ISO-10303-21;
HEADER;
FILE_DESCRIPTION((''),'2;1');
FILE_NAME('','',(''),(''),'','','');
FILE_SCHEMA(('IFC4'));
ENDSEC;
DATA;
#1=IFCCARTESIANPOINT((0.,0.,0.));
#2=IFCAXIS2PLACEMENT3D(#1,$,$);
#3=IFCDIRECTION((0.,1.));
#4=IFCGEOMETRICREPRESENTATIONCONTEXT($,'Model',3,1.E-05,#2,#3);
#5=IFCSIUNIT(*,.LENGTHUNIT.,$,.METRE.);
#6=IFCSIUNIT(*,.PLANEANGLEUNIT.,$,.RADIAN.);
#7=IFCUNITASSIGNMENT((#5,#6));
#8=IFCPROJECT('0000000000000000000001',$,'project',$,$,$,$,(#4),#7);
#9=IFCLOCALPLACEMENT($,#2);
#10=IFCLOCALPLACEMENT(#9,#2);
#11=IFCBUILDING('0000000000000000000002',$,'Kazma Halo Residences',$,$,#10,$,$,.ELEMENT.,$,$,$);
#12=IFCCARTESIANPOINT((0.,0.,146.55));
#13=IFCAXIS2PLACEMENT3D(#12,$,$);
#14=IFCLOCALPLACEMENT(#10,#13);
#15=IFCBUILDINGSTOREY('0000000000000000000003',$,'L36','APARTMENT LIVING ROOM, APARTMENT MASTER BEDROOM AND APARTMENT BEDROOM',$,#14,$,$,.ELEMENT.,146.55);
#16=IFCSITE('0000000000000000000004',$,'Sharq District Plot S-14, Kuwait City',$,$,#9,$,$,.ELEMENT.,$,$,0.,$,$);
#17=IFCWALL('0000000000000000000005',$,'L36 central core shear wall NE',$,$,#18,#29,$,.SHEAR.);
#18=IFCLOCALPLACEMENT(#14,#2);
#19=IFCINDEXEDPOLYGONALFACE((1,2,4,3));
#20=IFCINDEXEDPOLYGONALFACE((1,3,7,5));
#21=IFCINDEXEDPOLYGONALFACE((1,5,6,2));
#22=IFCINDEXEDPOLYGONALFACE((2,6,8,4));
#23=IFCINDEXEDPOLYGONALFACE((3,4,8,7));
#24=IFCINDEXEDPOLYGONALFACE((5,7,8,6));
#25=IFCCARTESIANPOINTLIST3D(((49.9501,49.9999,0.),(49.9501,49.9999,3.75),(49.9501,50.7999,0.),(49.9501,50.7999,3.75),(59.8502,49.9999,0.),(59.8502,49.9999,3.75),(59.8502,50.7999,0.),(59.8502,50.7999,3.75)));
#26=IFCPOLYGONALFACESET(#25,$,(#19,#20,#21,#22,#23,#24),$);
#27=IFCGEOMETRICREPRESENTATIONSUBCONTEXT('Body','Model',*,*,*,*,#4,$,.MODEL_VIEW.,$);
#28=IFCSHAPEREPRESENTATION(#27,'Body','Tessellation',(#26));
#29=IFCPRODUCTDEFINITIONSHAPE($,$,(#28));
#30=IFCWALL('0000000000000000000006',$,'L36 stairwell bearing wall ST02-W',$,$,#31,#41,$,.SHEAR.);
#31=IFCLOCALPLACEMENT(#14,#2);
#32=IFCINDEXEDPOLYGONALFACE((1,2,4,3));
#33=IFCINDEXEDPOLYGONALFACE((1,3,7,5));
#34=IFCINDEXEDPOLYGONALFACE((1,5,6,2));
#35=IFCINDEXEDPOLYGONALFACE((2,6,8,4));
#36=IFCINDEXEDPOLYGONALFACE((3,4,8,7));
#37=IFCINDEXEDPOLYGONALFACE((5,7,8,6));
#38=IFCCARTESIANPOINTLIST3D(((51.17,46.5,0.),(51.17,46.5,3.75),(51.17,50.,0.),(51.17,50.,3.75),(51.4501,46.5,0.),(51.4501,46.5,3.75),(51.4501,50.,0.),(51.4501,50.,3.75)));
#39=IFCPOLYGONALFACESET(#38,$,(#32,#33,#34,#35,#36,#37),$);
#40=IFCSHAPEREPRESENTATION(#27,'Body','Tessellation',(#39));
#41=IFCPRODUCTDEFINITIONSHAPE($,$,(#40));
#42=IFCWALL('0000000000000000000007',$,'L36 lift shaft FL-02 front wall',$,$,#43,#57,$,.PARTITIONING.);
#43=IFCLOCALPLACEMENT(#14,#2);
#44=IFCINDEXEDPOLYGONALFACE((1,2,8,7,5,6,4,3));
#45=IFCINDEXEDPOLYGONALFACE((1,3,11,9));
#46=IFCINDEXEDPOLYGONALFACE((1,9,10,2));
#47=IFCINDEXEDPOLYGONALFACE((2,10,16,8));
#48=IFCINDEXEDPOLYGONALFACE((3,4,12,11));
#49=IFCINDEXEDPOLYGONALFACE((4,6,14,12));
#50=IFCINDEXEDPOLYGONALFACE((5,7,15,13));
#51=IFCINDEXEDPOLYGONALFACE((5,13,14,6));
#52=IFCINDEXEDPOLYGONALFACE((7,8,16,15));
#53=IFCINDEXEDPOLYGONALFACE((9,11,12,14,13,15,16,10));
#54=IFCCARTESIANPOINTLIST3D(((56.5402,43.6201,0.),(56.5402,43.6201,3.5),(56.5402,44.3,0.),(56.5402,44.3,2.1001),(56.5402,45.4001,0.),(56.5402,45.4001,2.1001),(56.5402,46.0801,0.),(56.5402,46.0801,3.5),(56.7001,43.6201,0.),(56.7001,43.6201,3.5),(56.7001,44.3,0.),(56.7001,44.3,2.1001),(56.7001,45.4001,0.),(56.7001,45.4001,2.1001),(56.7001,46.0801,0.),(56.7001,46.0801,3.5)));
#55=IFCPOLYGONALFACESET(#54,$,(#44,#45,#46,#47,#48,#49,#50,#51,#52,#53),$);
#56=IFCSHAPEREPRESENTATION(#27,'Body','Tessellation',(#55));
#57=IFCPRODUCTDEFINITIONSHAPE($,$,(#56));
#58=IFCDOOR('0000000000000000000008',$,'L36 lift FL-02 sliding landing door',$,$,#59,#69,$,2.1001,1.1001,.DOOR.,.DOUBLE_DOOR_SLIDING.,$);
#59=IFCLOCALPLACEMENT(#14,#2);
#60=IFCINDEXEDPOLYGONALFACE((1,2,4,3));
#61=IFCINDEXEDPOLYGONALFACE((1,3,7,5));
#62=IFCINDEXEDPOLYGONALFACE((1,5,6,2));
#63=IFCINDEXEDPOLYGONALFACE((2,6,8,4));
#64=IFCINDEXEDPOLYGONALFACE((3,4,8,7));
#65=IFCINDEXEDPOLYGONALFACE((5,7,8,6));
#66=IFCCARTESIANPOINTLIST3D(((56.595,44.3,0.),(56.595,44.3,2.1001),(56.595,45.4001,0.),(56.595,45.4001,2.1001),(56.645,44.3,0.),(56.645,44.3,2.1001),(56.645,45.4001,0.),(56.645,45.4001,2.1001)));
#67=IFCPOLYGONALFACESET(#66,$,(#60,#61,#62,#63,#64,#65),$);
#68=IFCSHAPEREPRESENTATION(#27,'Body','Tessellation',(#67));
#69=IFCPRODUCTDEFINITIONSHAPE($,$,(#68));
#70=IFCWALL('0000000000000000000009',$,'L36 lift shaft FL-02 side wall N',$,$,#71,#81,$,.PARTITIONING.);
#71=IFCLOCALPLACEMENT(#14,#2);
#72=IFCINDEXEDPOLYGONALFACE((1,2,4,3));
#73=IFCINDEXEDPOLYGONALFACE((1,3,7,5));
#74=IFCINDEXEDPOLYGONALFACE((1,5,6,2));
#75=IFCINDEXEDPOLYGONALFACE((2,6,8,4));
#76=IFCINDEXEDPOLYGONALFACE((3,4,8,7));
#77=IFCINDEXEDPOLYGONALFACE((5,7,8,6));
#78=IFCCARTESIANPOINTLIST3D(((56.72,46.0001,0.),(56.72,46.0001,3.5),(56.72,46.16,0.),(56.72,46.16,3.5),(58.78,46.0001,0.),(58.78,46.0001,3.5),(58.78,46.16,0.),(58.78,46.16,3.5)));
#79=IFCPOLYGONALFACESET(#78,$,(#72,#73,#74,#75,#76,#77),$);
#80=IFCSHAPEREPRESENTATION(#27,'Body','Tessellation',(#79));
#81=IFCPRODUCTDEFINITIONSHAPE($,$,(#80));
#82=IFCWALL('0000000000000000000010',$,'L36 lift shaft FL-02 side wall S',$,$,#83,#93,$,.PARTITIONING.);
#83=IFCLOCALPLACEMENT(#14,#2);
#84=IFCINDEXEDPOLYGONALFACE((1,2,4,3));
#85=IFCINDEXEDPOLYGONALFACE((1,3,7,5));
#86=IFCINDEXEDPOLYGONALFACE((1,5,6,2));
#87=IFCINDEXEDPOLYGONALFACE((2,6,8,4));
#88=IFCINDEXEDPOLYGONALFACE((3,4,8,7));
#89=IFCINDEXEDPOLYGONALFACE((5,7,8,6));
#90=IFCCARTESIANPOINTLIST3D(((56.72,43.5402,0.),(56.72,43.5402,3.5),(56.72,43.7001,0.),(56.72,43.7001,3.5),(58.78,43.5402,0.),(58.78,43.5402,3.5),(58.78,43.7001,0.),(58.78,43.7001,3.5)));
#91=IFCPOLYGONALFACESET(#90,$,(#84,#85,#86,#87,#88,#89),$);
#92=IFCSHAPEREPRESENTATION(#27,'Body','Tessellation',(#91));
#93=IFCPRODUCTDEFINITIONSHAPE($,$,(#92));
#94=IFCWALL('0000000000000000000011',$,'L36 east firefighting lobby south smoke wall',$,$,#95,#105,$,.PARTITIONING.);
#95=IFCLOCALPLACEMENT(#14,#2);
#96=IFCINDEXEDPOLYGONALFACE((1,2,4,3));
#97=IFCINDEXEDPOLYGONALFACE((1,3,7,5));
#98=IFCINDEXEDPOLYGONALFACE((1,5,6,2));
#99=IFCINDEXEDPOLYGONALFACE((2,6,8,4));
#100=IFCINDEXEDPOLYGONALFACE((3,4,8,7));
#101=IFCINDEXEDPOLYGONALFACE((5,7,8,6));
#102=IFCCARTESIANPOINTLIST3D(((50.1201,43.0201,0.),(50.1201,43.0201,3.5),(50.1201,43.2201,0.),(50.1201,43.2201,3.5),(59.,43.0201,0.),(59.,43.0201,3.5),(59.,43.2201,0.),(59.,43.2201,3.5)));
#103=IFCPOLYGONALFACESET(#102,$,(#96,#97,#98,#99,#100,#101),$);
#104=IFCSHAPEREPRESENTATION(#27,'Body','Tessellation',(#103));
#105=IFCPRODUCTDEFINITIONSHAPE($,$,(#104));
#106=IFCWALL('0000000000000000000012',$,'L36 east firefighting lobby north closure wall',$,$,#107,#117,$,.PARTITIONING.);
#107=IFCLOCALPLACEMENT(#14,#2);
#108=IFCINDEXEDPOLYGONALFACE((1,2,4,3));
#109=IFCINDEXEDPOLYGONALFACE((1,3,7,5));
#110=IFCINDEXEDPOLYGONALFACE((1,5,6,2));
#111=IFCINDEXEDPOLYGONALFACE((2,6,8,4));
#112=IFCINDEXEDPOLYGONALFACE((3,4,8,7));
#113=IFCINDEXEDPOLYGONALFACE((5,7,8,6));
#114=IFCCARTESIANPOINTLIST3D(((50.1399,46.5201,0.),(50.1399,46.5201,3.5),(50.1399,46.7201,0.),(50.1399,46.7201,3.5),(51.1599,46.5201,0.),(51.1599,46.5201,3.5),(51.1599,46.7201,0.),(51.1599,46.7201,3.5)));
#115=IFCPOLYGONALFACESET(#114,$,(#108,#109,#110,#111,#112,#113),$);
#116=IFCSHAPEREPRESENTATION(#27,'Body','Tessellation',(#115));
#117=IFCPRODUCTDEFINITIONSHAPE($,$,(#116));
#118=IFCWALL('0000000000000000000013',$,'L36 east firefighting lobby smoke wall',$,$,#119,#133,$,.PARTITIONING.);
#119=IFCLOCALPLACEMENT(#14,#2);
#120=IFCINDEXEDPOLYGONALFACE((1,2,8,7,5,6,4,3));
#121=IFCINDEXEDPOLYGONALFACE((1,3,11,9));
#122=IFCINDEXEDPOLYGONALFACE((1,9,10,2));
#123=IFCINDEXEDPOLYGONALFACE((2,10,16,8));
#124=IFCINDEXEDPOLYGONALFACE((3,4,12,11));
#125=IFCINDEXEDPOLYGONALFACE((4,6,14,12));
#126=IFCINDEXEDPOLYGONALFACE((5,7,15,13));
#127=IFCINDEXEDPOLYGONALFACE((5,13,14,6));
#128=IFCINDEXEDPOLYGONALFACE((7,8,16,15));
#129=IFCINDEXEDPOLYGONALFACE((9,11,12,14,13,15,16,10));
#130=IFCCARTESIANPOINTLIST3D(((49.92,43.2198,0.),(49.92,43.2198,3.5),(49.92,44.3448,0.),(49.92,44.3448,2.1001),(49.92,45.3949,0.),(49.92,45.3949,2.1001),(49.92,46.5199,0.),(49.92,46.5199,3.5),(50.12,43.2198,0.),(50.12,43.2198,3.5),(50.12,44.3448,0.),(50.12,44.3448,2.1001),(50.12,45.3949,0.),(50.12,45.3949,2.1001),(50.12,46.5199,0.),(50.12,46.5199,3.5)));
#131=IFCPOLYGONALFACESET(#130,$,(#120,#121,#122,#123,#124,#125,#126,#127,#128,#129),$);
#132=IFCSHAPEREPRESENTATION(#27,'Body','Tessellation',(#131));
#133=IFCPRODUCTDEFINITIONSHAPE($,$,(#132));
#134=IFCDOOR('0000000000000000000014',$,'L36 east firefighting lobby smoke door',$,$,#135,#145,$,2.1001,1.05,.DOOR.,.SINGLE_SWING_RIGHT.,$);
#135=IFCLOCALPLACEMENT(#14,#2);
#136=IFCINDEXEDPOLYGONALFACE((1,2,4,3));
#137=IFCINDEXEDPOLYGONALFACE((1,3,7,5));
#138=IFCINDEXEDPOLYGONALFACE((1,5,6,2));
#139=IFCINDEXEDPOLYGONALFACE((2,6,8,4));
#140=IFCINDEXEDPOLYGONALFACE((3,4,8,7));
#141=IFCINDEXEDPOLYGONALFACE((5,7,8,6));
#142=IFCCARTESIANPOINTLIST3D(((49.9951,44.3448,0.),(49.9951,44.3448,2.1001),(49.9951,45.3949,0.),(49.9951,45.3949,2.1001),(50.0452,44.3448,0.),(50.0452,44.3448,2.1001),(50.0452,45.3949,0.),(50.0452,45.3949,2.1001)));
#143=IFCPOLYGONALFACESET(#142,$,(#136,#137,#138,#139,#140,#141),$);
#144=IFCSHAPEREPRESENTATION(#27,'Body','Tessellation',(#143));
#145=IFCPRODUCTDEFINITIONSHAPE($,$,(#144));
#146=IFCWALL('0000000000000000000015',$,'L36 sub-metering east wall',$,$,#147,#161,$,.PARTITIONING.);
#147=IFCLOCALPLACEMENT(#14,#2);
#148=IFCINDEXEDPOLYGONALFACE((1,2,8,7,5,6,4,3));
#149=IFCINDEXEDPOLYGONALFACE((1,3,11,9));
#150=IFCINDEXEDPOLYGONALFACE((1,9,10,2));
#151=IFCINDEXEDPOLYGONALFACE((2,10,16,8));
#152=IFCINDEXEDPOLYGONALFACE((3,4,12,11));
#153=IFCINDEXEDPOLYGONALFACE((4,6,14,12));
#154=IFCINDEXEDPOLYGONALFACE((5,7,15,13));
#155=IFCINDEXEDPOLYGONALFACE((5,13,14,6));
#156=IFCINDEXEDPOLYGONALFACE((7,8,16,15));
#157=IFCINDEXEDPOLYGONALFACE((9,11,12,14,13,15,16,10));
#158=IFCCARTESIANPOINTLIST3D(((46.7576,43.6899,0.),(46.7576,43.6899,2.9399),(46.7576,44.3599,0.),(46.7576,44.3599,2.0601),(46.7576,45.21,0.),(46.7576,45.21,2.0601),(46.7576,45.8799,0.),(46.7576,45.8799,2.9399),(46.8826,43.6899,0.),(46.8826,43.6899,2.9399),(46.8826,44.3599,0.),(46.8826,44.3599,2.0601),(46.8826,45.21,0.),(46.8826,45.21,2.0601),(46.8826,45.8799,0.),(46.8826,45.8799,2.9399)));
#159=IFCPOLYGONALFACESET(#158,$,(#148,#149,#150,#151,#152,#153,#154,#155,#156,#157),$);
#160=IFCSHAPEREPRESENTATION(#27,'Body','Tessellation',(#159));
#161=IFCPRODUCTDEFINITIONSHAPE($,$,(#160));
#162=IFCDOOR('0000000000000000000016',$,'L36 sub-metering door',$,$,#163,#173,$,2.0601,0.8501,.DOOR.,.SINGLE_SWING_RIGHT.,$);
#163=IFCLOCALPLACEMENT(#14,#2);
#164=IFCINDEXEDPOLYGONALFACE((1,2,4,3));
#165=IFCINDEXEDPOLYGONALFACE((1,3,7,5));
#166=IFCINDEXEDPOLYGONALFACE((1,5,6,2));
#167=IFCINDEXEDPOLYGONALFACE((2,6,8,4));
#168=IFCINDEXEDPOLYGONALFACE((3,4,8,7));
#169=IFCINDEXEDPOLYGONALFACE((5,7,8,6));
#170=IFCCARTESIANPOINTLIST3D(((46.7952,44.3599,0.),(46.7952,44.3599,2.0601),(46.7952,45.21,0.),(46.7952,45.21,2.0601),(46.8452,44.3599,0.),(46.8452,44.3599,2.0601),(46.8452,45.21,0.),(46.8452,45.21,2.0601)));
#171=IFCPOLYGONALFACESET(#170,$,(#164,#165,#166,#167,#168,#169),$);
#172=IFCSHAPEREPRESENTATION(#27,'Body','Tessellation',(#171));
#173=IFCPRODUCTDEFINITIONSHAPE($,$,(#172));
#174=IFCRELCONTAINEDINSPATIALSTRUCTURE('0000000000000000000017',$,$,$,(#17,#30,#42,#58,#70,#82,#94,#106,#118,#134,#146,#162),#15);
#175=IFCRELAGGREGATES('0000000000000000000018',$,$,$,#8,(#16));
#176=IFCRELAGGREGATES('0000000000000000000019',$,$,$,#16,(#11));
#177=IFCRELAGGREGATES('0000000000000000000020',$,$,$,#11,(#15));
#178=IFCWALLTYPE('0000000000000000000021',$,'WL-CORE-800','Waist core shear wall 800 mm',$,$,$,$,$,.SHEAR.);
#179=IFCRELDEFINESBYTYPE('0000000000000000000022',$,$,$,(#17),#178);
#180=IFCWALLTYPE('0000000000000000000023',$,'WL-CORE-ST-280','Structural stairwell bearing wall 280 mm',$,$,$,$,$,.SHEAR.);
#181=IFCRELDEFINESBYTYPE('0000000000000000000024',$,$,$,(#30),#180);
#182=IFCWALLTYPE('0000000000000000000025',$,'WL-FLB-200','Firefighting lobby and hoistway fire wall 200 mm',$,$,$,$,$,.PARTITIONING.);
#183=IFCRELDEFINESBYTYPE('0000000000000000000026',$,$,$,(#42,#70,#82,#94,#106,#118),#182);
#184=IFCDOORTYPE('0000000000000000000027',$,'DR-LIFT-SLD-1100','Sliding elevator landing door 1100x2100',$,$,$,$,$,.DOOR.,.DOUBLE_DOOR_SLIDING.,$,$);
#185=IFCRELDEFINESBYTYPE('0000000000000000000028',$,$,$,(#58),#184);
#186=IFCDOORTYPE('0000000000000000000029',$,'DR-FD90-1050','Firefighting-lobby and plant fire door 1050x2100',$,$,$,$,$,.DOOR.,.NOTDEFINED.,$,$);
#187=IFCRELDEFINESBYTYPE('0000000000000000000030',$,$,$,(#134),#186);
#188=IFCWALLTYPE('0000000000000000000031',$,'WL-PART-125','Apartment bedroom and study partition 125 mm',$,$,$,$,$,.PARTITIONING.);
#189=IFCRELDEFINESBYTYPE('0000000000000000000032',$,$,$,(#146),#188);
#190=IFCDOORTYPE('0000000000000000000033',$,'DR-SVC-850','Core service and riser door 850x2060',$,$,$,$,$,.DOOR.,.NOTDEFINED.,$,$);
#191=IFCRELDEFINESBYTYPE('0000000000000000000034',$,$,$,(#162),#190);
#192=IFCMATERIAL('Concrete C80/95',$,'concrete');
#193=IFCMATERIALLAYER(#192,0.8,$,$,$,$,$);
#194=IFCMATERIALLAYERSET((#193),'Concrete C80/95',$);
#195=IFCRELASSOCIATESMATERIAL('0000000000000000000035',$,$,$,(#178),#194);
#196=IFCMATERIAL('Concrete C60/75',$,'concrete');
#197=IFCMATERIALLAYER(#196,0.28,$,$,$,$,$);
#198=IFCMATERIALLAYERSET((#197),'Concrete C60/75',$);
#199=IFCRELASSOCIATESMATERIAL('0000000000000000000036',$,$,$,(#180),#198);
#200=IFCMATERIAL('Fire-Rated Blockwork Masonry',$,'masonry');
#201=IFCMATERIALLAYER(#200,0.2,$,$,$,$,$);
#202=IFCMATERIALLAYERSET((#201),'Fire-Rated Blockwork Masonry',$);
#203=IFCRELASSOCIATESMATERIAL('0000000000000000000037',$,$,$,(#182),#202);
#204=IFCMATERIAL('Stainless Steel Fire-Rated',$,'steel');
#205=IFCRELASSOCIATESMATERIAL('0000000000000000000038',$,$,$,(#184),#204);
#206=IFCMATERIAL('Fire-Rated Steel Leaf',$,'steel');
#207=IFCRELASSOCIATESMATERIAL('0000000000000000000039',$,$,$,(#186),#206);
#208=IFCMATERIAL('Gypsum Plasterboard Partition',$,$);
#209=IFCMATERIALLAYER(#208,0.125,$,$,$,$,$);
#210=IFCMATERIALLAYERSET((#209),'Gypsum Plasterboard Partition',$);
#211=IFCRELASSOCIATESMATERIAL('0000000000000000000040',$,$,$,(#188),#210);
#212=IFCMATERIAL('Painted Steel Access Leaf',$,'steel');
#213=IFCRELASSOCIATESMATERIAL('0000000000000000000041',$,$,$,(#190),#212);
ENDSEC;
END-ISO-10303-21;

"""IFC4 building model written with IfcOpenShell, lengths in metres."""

from ifc_helpers import new_model, si_unit, direction, frame, frame_2d, origin, place, context, subcontext, project, spatial, rectangle, extrude, material, layer, layer_set, type_object, element, fill, save


model = new_model("IFC4")

# Units and contexts
model_context = context("Model", 3, precision=1e-05, world=origin(), true_north=direction((0.0, 1.0)))
body_context = subcontext(model_context, "Body", "Model", "MODEL_VIEW")
ifc_project = project(units=[si_unit("LENGTHUNIT", "METRE"), si_unit("PLANEANGLEUNIT", "RADIAN")], contexts=[model_context])

# Site, building, storey
site_placement = place(None, origin())
site = spatial("IfcSite", under=ifc_project, at=site_placement, Name="Sharq District Plot S-14, Kuwait City", CompositionType="ELEMENT", RefElevation=0.0)
building_placement = place(site_placement, origin())
building = spatial("IfcBuilding", under=site, at=building_placement, Name="Kazma Halo Residences", CompositionType="ELEMENT")
storey_placement = place(building_placement, frame((0.0, 0.0, 146.55)))
storey = spatial("IfcBuildingStorey", under=building, at=storey_placement, Name="L36", Description="APARTMENT LIVING ROOM, APARTMENT MASTER BEDROOM AND APARTMENT BEDROOM", CompositionType="ELEMENT", Elevation=146.55)

# Walls
ifc_material_1 = material(Name="Concrete C80/95", Category="concrete")
ifc_layer_1 = layer(ifc_material_1, 0.8)
ifc_layer_set_1 = layer_set([ifc_layer_1], Name="Concrete C80/95")
wall_type_1 = type_object("IfcWallType", Name="WL-CORE-800", Description="Waist core shear wall 800 mm", PredefinedType="SHEAR", material=ifc_layer_set_1)
wall_1_placement = place(storey_placement, frame((49.95, 50.3999, 0.0), z_axis=(0.0, 0.0, 1.0), x_axis=(1.0, 0.0, 0.0)))
element("IfcWall", 1, at=wall_1_placement, inside=storey, type_object=wall_type_1, Name="L36 central core shear wall NE", PredefinedType="SHEAR", context=body_context, shape_type="SweptSolid", body=[
    extrude(rectangle(XDim=9.9001, YDim=0.8, at=frame_2d((4.9502, 0.0))), origin(), (0.0, 0.0, 1.0), 3.75),
])
ifc_material_2 = material(Name="Concrete C60/75", Category="concrete")
ifc_layer_2 = layer(ifc_material_2, 0.28)
ifc_layer_set_2 = layer_set([ifc_layer_2], Name="Concrete C60/75")
wall_type_2 = type_object("IfcWallType", Name="WL-CORE-ST-280", Description="Structural stairwell bearing wall 280 mm", PredefinedType="SHEAR", material=ifc_layer_set_2)
wall_2_placement = place(storey_placement, frame((51.3101, 46.5, 0.0), z_axis=(0.0, 0.0, 1.0), x_axis=(0.0, 1.0, 0.0)))
element("IfcWall", 2, at=wall_2_placement, inside=storey, type_object=wall_type_2, Name="L36 stairwell bearing wall ST02-W", PredefinedType="SHEAR", context=body_context, shape_type="SweptSolid", body=[
    extrude(rectangle(XDim=3.5, YDim=0.28, at=frame_2d((1.75, 0.0))), origin(), (0.0, 0.0, 1.0), 3.75),
])

# Wall, opening, door
ifc_material_3 = material(Name="Fire-Rated Blockwork Masonry", Category="masonry")
ifc_layer_3 = layer(ifc_material_3, 0.2)
ifc_layer_set_3 = layer_set([ifc_layer_3], Name="Fire-Rated Blockwork Masonry")
wall_type_3 = type_object("IfcWallType", Name="WL-FLB-200", Description="Firefighting lobby and hoistway fire wall 200 mm", PredefinedType="PARTITIONING", material=ifc_layer_set_3)
wall_3_placement = place(storey_placement, frame((56.6201, 46.0801, 0.0), z_axis=(0.0, 0.0, 1.0), x_axis=(0.0, -1.0, 0.0)))
wall_3 = element("IfcWall", 3, at=wall_3_placement, inside=storey, type_object=wall_type_3, Name="L36 lift shaft FL-02 front wall", PredefinedType="PARTITIONING", context=body_context, shape_type="SweptSolid", body=[
    extrude(rectangle(XDim=2.46, YDim=0.1599, at=frame_2d((1.23, 0.0))), origin(), (0.0, 0.0, 1.0), 3.5),
])
opening_1_placement = place(wall_3_placement, frame((0.6799, 0.0, 0.0)))
opening_1 = element("IfcOpeningElement", 4, at=opening_1_placement, cuts=wall_3, PredefinedType="OPENING", context=body_context, shape_type="SweptSolid", body=[
    extrude(rectangle(XDim=1.1001, YDim=2.1001, at=frame_2d((0.55, 1.05))), frame((0.0, 0.0898, 0.0), z_axis=(0.0, -1.0, 0.0), x_axis=(1.0, 0.0, 0.0)), (0.0, 0.0, 1.0), 0.1799),
])
ifc_material_4 = material(Name="Stainless Steel Fire-Rated", Category="steel")
door_type_1 = type_object("IfcDoorType", Name="DR-LIFT-SLD-1100", Description="Sliding elevator landing door 1100x2100", OperationType="DOUBLE_DOOR_SLIDING", PredefinedType="DOOR", material=ifc_material_4)
door_1_placement = place(opening_1_placement, origin())
door_1 = element("IfcDoor", 5, at=door_1_placement, inside=storey, type_object=door_type_1, Name="L36 lift FL-02 sliding landing door", OperationType="DOUBLE_DOOR_SLIDING", OverallHeight=2.1001, OverallWidth=1.1001, PredefinedType="DOOR", context=body_context, shape_type="SweptSolid", body=[
    extrude(rectangle(XDim=1.1001, YDim=2.1001, at=frame_2d((0.55, 1.05))), frame((0.0, 0.0249, 0.0), z_axis=(0.0, -1.0, 0.0), x_axis=(1.0, 0.0, 0.0)), (0.0, 0.0, 1.0), 0.05),
])
fill(opening_1, door_1)

# Walls
for number, where, z_axis, x_axis, name in (
    (6, (56.72, 46.0801, 0.0), (0.0, 0.0, 1.0), (1.0, 0.0, 0.0), "L36 lift shaft FL-02 side wall N"),
    (7, (56.72, 43.6201, 0.0), (0.0, 0.0, 1.0), (1.0, 0.0, 0.0), "L36 lift shaft FL-02 side wall S"),
):
    element("IfcWall", number, at=place(storey_placement, frame(where, z_axis=z_axis, x_axis=x_axis)), inside=storey, type_object=wall_type_3, Name=name, PredefinedType="PARTITIONING", context=body_context, shape_type="SweptSolid", body=[
        extrude(rectangle(XDim=2.0601, YDim=0.1599, at=frame_2d((1.03, 0.0))), origin(), (0.0, 0.0, 1.0), 3.5),
    ])
wall_4_placement = place(storey_placement, frame((50.1201, 43.1201, 0.0), z_axis=(0.0, 0.0, 1.0), x_axis=(1.0, 0.0, 0.0)))
element("IfcWall", 8, at=wall_4_placement, inside=storey, type_object=wall_type_3, Name="L36 east firefighting lobby south smoke wall", PredefinedType="PARTITIONING", context=body_context, shape_type="SweptSolid", body=[
    extrude(rectangle(XDim=8.8799, YDim=0.2, at=frame_2d((4.4399, 0.0))), origin(), (0.0, 0.0, 1.0), 3.5),
])
wall_5_placement = place(storey_placement, frame((50.1399, 46.6201, 0.0), z_axis=(0.0, 0.0, 1.0), x_axis=(1.0, 0.0, 0.0)))
element("IfcWall", 9, at=wall_5_placement, inside=storey, type_object=wall_type_3, Name="L36 east firefighting lobby north closure wall", PredefinedType="PARTITIONING", context=body_context, shape_type="SweptSolid", body=[
    extrude(rectangle(XDim=1.02, YDim=0.2, at=frame_2d((0.51, 0.0))), origin(), (0.0, 0.0, 1.0), 3.5),
])

# Walls, openings, doors
wall_6_placement = place(storey_placement, frame((50.02, 43.22, 0.0), z_axis=(0.0, 0.0, 1.0), x_axis=(0.0, 1.0, 0.0)))
wall_6 = element("IfcWall", 10, at=wall_6_placement, inside=storey, type_object=wall_type_3, Name="L36 east firefighting lobby smoke wall", PredefinedType="PARTITIONING", context=body_context, shape_type="SweptSolid", body=[
    extrude(rectangle(XDim=3.3, YDim=0.2, at=frame_2d((1.6499, 0.0))), origin(), (0.0, 0.0, 1.0), 3.5),
])
opening_2_placement = place(wall_6_placement, frame((1.125, 0.0, 0.0)))
opening_2 = element("IfcOpeningElement", 11, at=opening_2_placement, cuts=wall_6, PredefinedType="OPENING", context=body_context, shape_type="SweptSolid", body=[
    extrude(rectangle(XDim=1.05, YDim=2.1001, at=frame_2d((0.5249, 1.05))), frame((0.0, 0.1099, 0.0), z_axis=(0.0, -1.0, 0.0), x_axis=(1.0, 0.0, 0.0)), (0.0, 0.0, 1.0), 0.22),
])
ifc_material_5 = material(Name="Fire-Rated Steel Leaf", Category="steel")
door_type_2 = type_object("IfcDoorType", Name="DR-FD90-1050", Description="Firefighting-lobby and plant fire door 1050x2100", OperationType="NOTDEFINED", PredefinedType="DOOR", material=ifc_material_5)
door_2_placement = place(opening_2_placement, origin())
door_2 = element("IfcDoor", 12, at=door_2_placement, inside=storey, type_object=door_type_2, Name="L36 east firefighting lobby smoke door", OperationType="SINGLE_SWING_RIGHT", OverallHeight=2.1001, OverallWidth=1.05, PredefinedType="DOOR", context=body_context, shape_type="SweptSolid", body=[
    extrude(rectangle(XDim=1.05, YDim=2.1001, at=frame_2d((0.5249, 1.05))), frame((0.0, 0.0249, 0.0), z_axis=(0.0, -1.0, 0.0), x_axis=(1.0, 0.0, 0.0)), (0.0, 0.0, 1.0), 0.05),
])
fill(opening_2, door_2)
ifc_material_6 = material(Name="Gypsum Plasterboard Partition")
ifc_layer_4 = layer(ifc_material_6, 0.125)
ifc_layer_set_4 = layer_set([ifc_layer_4], Name="Gypsum Plasterboard Partition")
wall_type_4 = type_object("IfcWallType", Name="WL-PART-125", Description="Apartment bedroom and study partition 125 mm", PredefinedType="PARTITIONING", material=ifc_layer_set_4)
wall_7_placement = place(storey_placement, frame((46.8201, 43.6899, 0.0), z_axis=(0.0, 0.0, 1.0), x_axis=(0.0, 1.0, 0.0)))
wall_7 = element("IfcWall", 13, at=wall_7_placement, inside=storey, type_object=wall_type_4, Name="L36 sub-metering east wall", PredefinedType="PARTITIONING", context=body_context, shape_type="SweptSolid", body=[
    extrude(rectangle(XDim=2.1899, YDim=0.125, at=frame_2d((1.095, 0.0))), origin(), (0.0, 0.0, 1.0), 2.9399),
])
opening_3_placement = place(wall_7_placement, frame((0.6699, 0.0, 0.0)))
opening_3 = element("IfcOpeningElement", 14, at=opening_3_placement, cuts=wall_7, PredefinedType="OPENING", context=body_context, shape_type="SweptSolid", body=[
    extrude(rectangle(XDim=0.8501, YDim=2.0601, at=frame_2d((0.425, 1.03))), frame((0.0, 0.0725, 0.0), z_axis=(0.0, -1.0, 0.0), x_axis=(1.0, 0.0, 0.0)), (0.0, 0.0, 1.0), 0.145),
])
ifc_material_7 = material(Name="Painted Steel Access Leaf", Category="steel")
door_type_3 = type_object("IfcDoorType", Name="DR-SVC-850", Description="Core service and riser door 850x2060", OperationType="NOTDEFINED", PredefinedType="DOOR", material=ifc_material_7)
door_3_placement = place(opening_3_placement, origin())
door_3 = element("IfcDoor", 15, at=door_3_placement, inside=storey, type_object=door_type_3, Name="L36 sub-metering door", OperationType="SINGLE_SWING_RIGHT", OverallHeight=2.0601, OverallWidth=0.8501, PredefinedType="DOOR", context=body_context, shape_type="SweptSolid", body=[
    extrude(rectangle(XDim=0.8501, YDim=2.0601, at=frame_2d((0.425, 1.03))), frame((0.0, 0.0249, 0.0), z_axis=(0.0, -1.0, 0.0), x_axis=(1.0, 0.0, 0.0)), (0.0, 0.0, 1.0), 0.05),
])
fill(opening_3, door_3)

save(model, "model.ifc")
